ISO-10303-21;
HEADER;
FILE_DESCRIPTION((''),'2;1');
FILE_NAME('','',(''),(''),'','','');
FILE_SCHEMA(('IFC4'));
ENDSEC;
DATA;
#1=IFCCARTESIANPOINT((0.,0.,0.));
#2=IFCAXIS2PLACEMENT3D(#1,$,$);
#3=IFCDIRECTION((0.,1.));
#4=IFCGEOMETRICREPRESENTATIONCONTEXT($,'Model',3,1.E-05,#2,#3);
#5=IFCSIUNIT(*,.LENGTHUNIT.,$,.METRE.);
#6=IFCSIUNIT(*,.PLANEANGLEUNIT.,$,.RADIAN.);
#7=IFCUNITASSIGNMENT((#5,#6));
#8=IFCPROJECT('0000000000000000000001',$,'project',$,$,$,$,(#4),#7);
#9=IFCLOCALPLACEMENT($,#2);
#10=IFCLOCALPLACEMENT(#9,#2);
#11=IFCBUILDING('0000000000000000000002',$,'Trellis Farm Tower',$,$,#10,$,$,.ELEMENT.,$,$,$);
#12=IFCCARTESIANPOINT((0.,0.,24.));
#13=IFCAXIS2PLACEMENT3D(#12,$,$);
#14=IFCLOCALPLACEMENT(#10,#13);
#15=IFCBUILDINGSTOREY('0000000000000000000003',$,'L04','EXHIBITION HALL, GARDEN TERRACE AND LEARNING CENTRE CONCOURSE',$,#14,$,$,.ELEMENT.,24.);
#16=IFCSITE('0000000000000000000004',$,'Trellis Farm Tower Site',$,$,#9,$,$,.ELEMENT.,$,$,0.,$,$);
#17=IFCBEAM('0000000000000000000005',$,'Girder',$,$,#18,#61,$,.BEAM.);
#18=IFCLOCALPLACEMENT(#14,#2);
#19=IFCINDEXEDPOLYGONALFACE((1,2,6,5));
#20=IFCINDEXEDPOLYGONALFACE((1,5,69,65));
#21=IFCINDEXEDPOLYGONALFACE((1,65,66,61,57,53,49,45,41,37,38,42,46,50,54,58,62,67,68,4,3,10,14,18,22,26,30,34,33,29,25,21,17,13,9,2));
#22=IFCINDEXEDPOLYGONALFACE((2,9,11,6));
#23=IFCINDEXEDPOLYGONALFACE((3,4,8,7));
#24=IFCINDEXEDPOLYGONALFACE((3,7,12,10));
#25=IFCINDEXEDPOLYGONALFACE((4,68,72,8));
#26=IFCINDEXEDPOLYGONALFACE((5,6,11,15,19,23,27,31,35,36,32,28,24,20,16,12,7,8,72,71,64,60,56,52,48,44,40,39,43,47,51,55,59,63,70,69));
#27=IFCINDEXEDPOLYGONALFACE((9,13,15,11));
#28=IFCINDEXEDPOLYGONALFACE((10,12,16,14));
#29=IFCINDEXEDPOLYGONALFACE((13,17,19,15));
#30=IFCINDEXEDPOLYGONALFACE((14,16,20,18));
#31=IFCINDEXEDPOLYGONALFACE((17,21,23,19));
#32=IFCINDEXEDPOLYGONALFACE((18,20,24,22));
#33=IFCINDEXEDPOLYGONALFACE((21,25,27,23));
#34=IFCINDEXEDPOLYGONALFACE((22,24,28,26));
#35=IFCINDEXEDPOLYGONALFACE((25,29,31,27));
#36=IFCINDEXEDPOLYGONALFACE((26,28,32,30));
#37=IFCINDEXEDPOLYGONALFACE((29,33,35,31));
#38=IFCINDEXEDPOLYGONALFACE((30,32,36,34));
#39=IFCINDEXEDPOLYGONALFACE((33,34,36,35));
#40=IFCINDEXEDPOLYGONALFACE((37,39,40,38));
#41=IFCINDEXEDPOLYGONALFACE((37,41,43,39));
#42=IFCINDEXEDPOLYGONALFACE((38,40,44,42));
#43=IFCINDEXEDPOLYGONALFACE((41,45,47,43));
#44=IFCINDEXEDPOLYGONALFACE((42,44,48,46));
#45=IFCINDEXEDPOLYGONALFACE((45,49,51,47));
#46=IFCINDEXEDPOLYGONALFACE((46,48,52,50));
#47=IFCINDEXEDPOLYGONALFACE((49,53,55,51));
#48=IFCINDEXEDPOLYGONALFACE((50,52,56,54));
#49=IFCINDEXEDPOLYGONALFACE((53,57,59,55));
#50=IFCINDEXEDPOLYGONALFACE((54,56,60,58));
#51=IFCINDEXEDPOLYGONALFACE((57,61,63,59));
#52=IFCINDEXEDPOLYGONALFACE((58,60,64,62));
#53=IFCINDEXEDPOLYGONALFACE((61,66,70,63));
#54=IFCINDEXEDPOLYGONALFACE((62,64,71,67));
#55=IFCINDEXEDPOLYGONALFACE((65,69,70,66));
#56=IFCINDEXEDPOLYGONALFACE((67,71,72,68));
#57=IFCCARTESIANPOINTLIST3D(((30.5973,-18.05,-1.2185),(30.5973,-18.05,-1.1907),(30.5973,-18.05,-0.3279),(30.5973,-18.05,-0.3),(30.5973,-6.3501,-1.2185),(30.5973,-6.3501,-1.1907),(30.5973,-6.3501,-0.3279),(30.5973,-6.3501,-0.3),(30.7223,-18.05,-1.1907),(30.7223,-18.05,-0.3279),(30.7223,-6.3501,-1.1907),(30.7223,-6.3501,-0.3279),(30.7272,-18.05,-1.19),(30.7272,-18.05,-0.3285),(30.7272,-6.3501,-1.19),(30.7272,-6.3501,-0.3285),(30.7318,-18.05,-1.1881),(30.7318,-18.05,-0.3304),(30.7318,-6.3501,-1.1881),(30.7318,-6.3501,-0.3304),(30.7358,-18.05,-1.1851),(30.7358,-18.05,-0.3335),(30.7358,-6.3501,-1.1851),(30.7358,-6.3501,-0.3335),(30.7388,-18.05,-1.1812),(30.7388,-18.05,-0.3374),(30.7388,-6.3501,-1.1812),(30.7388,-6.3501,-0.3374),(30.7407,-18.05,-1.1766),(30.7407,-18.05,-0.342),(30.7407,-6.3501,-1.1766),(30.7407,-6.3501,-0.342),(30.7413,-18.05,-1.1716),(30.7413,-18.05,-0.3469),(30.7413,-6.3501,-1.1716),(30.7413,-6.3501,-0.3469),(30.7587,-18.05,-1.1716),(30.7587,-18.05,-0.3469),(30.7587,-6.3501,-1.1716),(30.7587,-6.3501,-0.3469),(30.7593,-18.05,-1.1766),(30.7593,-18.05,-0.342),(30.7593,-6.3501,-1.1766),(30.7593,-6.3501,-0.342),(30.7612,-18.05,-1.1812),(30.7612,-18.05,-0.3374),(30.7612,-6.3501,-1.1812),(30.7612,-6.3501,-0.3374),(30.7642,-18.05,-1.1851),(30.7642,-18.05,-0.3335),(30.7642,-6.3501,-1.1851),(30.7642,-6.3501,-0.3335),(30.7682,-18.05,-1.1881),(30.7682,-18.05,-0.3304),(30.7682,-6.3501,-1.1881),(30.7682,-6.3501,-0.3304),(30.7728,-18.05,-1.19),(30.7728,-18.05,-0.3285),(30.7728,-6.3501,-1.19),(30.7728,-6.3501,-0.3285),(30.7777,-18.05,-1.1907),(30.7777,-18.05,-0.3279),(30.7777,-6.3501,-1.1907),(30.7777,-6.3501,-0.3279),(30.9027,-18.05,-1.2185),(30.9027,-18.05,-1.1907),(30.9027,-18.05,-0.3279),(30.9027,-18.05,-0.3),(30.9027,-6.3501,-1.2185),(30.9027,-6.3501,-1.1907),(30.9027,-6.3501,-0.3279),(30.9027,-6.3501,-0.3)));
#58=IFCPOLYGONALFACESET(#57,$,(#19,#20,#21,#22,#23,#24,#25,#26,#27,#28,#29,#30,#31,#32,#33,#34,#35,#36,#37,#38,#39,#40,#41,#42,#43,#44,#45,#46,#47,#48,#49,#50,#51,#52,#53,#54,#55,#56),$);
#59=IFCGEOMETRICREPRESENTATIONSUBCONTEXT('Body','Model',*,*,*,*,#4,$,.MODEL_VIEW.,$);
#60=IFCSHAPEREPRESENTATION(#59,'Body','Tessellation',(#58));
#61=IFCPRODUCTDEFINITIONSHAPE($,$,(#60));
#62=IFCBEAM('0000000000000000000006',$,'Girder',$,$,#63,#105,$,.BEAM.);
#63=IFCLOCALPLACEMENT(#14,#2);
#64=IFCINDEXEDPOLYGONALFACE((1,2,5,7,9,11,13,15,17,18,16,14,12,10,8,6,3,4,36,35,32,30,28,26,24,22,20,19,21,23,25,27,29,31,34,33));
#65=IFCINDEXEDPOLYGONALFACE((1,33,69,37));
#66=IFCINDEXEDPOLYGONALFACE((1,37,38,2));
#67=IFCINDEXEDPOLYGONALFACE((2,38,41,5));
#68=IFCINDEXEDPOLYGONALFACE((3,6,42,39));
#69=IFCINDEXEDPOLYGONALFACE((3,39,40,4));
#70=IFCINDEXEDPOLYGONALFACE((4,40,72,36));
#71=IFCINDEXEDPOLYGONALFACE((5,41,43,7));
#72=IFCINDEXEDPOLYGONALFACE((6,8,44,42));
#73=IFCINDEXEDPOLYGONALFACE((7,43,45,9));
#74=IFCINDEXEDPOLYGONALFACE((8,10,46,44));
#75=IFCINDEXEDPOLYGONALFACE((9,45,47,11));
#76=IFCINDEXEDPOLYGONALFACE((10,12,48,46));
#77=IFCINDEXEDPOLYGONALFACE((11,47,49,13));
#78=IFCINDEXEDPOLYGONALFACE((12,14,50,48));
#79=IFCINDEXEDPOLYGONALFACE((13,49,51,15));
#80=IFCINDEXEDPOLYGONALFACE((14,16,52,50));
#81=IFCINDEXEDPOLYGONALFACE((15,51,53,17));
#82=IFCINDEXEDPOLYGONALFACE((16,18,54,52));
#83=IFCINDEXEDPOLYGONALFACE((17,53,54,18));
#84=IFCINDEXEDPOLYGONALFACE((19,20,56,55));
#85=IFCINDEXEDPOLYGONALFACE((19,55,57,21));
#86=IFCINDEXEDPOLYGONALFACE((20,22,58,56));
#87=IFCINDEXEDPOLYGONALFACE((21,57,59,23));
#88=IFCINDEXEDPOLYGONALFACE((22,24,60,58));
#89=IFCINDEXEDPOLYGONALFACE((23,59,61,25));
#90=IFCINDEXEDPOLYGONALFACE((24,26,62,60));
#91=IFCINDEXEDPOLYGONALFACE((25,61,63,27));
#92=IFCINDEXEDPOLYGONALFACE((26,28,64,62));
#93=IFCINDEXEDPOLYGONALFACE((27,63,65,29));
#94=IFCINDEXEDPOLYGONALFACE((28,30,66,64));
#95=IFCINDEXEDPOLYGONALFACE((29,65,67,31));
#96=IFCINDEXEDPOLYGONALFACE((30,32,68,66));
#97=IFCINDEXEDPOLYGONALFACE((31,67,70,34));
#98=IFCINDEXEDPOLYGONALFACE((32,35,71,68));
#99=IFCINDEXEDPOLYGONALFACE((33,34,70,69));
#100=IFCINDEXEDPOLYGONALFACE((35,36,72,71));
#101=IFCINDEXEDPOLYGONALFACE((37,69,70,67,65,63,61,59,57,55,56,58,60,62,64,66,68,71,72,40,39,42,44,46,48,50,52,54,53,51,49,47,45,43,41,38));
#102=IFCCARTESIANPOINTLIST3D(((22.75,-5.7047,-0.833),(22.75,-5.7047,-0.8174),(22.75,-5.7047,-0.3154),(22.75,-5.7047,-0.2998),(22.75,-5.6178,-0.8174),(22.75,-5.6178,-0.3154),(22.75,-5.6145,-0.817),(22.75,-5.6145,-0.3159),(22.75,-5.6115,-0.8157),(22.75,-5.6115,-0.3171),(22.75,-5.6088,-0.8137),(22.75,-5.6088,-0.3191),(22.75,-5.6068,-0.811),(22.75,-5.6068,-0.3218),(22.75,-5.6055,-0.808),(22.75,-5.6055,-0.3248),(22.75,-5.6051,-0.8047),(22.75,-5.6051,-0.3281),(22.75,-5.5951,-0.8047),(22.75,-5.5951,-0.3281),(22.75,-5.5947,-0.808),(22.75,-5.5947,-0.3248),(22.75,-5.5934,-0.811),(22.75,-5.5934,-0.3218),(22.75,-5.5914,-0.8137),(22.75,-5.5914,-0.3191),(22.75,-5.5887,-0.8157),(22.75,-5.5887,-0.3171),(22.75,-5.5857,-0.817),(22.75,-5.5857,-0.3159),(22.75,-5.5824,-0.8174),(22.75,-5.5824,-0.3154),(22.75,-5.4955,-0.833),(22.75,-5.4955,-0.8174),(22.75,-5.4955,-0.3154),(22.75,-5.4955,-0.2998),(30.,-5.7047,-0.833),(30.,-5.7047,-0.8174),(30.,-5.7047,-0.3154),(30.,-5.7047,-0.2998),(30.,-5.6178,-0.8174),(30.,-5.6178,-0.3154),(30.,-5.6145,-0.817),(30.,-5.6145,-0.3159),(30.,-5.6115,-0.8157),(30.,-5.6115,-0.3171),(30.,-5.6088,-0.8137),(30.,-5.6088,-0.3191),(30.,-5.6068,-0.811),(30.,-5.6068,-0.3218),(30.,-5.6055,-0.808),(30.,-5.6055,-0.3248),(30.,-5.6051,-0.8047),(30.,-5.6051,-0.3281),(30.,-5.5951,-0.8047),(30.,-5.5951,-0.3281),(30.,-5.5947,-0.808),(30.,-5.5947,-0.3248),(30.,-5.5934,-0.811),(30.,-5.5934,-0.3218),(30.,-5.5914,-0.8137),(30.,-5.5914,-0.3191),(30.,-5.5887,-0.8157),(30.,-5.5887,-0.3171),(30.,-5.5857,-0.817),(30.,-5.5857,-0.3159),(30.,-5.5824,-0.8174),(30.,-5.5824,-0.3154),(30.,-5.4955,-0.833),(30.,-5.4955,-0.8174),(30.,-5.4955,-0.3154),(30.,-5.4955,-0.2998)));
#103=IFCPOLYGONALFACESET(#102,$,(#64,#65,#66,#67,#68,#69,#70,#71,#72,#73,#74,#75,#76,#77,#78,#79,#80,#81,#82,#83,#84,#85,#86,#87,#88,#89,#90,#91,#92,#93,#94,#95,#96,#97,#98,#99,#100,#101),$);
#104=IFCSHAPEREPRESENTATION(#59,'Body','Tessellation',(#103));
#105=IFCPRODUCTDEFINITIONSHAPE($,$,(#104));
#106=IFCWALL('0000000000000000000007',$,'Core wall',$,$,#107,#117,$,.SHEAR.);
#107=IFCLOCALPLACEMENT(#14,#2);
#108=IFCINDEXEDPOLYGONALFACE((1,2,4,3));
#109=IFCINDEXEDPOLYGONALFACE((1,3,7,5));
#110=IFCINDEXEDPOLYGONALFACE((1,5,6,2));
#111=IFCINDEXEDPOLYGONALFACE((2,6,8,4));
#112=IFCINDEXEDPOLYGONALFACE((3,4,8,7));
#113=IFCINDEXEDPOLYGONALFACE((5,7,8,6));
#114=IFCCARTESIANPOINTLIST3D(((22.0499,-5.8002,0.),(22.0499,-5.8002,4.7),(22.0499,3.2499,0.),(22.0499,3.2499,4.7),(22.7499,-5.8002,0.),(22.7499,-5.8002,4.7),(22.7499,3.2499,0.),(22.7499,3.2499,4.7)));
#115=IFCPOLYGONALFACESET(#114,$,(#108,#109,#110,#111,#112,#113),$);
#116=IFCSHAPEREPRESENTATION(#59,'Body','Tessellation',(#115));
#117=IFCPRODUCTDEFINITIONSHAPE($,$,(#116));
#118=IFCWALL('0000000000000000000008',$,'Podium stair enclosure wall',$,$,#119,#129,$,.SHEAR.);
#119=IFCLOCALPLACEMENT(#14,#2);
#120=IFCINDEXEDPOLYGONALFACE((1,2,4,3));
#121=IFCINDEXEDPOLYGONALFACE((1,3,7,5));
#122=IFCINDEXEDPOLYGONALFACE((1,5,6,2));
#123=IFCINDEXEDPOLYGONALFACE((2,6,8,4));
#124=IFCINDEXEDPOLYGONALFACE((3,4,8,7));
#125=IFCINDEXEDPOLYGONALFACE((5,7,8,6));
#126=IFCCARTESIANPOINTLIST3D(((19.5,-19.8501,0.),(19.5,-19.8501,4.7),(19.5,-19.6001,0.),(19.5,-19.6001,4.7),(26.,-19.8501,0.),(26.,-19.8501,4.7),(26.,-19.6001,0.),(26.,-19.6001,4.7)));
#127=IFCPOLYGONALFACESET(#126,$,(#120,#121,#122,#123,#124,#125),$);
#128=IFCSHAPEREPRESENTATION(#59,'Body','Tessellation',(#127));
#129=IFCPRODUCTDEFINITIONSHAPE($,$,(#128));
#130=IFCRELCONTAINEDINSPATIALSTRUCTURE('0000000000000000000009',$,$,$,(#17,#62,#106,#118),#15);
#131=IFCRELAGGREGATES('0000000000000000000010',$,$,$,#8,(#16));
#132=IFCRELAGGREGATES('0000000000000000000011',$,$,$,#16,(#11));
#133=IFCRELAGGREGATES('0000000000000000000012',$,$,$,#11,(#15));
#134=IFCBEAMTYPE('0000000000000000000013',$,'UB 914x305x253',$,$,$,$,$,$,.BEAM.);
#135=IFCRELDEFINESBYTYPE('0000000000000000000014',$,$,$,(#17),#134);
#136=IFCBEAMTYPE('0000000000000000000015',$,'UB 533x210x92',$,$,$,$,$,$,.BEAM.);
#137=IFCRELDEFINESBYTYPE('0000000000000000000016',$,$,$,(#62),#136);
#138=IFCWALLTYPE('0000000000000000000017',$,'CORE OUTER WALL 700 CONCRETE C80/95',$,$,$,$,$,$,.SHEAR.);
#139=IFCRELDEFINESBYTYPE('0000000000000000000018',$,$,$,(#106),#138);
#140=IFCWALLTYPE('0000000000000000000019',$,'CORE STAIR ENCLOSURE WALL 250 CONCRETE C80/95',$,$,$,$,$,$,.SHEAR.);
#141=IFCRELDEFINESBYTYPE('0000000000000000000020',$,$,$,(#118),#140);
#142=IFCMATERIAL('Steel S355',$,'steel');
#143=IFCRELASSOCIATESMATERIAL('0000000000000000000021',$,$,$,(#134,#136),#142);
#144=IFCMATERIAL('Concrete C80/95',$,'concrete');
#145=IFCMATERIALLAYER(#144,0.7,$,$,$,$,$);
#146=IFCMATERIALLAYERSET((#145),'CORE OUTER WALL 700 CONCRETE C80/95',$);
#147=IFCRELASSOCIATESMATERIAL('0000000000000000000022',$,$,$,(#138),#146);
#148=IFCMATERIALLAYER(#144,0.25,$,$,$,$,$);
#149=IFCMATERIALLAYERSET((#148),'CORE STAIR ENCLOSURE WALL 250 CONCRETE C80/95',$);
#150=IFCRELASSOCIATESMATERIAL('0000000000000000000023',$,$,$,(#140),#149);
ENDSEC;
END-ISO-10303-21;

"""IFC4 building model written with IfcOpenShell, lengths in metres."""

from ifc_helpers import new_model, si_unit, direction, frame, frame_2d, origin, origin_2d, place, context, subcontext, project, spatial, rectangle, i_section, extrude, source, transform, mapped, material, layer, layer_set, material_profile, profile_set, type_object, element, save


model = new_model("IFC4")

# Units and contexts
model_context = context("Model", 3, precision=1e-05, world=origin(), true_north=direction((0.0, 1.0)))
body_context = subcontext(model_context, "Body", "Model", "MODEL_VIEW")
ifc_project = project(units=[si_unit("LENGTHUNIT", "METRE"), si_unit("PLANEANGLEUNIT", "RADIAN")], contexts=[model_context])

# Site, building, storey
site_placement = place(None, origin())
site = spatial("IfcSite", under=ifc_project, at=site_placement, Name="Trellis Farm Tower Site", CompositionType="ELEMENT", RefElevation=0.0)
building_placement = place(site_placement, origin())
building = spatial("IfcBuilding", under=site, at=building_placement, Name="Trellis Farm Tower", CompositionType="ELEMENT")
storey_placement = place(building_placement, frame((0.0, 0.0, 24.0)))
storey = spatial("IfcBuildingStorey", under=building, at=storey_placement, Name="L04", Description="EXHIBITION HALL, GARDEN TERRACE AND LEARNING CENTRE CONCOURSE", CompositionType="ELEMENT", Elevation=24.0)

# Shared definitions
ifc_material_1 = material(Name="Concrete C80/95", Category="concrete")

# Beams
ifc_material_2 = material(Name="Steel S355", Category="steel")
ifc_material_profile_1 = material_profile(ifc_material_2, i_section(OverallWidth=0.3054, OverallDepth=0.9185, WebThickness=0.0173, FlangeThickness=0.0278, FilletRadius=0.019, at=origin_2d()), Name="UB 914x305x253")
ifc_profile_set_1 = profile_set([ifc_material_profile_1], Name="Steel S355")
beam_type_1 = type_object("IfcBeamType", Name="UB 914x305x253", PredefinedType="BEAM", material=ifc_profile_set_1)
ifc_material_profile_2 = material_profile(ifc_material_2, i_section(OverallWidth=0.2092, OverallDepth=0.5332, WebThickness=0.01, FlangeThickness=0.0156, FilletRadius=0.0127, at=origin_2d()), Name="UB 533x210x92")
ifc_profile_set_2 = profile_set([ifc_material_profile_2], Name="Steel S355")
beam_type_2 = type_object("IfcBeamType", Name="UB 533x210x92", PredefinedType="BEAM", material=ifc_profile_set_2)
shared_shape_1 = source(origin(), body_context, "Body", "SweptSolid", [
    extrude(i_section(OverallWidth=0.3054, OverallDepth=0.9185, WebThickness=0.0173, FlangeThickness=0.0278, FilletRadius=0.019, at=origin_2d()), origin(), (0.0, 0.0, 1.0), 11.7),
])
beam_1_placement = place(storey_placement, frame((30.75, -18.05, -0.7593), z_axis=(0.0, 1.0, 0.0), x_axis=(-1.0, 0.0, 0.0)))
element("IfcBeam", 1, at=beam_1_placement, inside=storey, type_object=beam_type_1, Name="Girder", PredefinedType="BEAM", context=body_context, shape_type="MappedRepresentation", body=[
    mapped(shared_shape_1, transform((0.0, 0.0, 0.0))),
])
shared_shape_2 = source(origin(), body_context, "Body", "SweptSolid", [
    extrude(i_section(OverallWidth=0.2092, OverallDepth=0.5332, WebThickness=0.01, FlangeThickness=0.0156, FilletRadius=0.0127, at=origin_2d()), origin(), (0.0, 0.0, 1.0), 7.25),
])
beam_2_placement = place(storey_placement, frame((22.75, -5.6001, -0.5664), z_axis=(1.0, 0.0, 0.0), x_axis=(0.0, 1.0, 0.0)))
element("IfcBeam", 2, at=beam_2_placement, inside=storey, type_object=beam_type_2, Name="Girder", PredefinedType="BEAM", context=body_context, shape_type="MappedRepresentation", body=[
    mapped(shared_shape_2, transform((0.0, 0.0, 0.0))),
])

# Walls
ifc_layer_1 = layer(ifc_material_1, 0.7)
ifc_layer_set_1 = layer_set([ifc_layer_1], Name="CORE OUTER WALL 700 CONCRETE C80/95")
wall_type_1 = type_object("IfcWallType", Name="CORE OUTER WALL 700 CONCRETE C80/95", PredefinedType="SHEAR", material=ifc_layer_set_1)
shared_shape_3 = source(origin(), body_context, "Body", "SweptSolid", [
    extrude(rectangle(XDim=9.05, YDim=0.7, at=frame_2d((4.5249, 0.0))), origin(), (0.0, 0.0, 1.0), 4.7),
])
wall_1_placement = place(storey_placement, frame((22.3999, -5.8, 0.0), z_axis=(0.0, 0.0, 1.0), x_axis=(0.0, 1.0, 0.0)))
element("IfcWall", 3, at=wall_1_placement, inside=storey, type_object=wall_type_1, Name="Core wall", PredefinedType="SHEAR", context=body_context, shape_type="MappedRepresentation", body=[
    mapped(shared_shape_3, transform((0.0, 0.0, 0.0))),
])
ifc_layer_2 = layer(ifc_material_1, 0.25)
ifc_layer_set_2 = layer_set([ifc_layer_2], Name="CORE STAIR ENCLOSURE WALL 250 CONCRETE C80/95")
wall_type_2 = type_object("IfcWallType", Name="CORE STAIR ENCLOSURE WALL 250 CONCRETE C80/95", PredefinedType="SHEAR", material=ifc_layer_set_2)
shared_shape_4 = source(origin(), body_context, "Body", "SweptSolid", [
    extrude(rectangle(XDim=6.5, YDim=0.25, at=frame_2d((3.25, 0.0))), origin(), (0.0, 0.0, 1.0), 4.7),
])
wall_2_placement = place(storey_placement, frame((19.5, -19.7251, 0.0), z_axis=(0.0, 0.0, 1.0), x_axis=(1.0, 0.0, 0.0)))
element("IfcWall", 4, at=wall_2_placement, inside=storey, type_object=wall_type_2, Name="Podium stair enclosure wall", PredefinedType="SHEAR", context=body_context, shape_type="MappedRepresentation", body=[
    mapped(shared_shape_4, transform((0.0, 0.0, 0.0))),
])

save(model, "model.ifc")
